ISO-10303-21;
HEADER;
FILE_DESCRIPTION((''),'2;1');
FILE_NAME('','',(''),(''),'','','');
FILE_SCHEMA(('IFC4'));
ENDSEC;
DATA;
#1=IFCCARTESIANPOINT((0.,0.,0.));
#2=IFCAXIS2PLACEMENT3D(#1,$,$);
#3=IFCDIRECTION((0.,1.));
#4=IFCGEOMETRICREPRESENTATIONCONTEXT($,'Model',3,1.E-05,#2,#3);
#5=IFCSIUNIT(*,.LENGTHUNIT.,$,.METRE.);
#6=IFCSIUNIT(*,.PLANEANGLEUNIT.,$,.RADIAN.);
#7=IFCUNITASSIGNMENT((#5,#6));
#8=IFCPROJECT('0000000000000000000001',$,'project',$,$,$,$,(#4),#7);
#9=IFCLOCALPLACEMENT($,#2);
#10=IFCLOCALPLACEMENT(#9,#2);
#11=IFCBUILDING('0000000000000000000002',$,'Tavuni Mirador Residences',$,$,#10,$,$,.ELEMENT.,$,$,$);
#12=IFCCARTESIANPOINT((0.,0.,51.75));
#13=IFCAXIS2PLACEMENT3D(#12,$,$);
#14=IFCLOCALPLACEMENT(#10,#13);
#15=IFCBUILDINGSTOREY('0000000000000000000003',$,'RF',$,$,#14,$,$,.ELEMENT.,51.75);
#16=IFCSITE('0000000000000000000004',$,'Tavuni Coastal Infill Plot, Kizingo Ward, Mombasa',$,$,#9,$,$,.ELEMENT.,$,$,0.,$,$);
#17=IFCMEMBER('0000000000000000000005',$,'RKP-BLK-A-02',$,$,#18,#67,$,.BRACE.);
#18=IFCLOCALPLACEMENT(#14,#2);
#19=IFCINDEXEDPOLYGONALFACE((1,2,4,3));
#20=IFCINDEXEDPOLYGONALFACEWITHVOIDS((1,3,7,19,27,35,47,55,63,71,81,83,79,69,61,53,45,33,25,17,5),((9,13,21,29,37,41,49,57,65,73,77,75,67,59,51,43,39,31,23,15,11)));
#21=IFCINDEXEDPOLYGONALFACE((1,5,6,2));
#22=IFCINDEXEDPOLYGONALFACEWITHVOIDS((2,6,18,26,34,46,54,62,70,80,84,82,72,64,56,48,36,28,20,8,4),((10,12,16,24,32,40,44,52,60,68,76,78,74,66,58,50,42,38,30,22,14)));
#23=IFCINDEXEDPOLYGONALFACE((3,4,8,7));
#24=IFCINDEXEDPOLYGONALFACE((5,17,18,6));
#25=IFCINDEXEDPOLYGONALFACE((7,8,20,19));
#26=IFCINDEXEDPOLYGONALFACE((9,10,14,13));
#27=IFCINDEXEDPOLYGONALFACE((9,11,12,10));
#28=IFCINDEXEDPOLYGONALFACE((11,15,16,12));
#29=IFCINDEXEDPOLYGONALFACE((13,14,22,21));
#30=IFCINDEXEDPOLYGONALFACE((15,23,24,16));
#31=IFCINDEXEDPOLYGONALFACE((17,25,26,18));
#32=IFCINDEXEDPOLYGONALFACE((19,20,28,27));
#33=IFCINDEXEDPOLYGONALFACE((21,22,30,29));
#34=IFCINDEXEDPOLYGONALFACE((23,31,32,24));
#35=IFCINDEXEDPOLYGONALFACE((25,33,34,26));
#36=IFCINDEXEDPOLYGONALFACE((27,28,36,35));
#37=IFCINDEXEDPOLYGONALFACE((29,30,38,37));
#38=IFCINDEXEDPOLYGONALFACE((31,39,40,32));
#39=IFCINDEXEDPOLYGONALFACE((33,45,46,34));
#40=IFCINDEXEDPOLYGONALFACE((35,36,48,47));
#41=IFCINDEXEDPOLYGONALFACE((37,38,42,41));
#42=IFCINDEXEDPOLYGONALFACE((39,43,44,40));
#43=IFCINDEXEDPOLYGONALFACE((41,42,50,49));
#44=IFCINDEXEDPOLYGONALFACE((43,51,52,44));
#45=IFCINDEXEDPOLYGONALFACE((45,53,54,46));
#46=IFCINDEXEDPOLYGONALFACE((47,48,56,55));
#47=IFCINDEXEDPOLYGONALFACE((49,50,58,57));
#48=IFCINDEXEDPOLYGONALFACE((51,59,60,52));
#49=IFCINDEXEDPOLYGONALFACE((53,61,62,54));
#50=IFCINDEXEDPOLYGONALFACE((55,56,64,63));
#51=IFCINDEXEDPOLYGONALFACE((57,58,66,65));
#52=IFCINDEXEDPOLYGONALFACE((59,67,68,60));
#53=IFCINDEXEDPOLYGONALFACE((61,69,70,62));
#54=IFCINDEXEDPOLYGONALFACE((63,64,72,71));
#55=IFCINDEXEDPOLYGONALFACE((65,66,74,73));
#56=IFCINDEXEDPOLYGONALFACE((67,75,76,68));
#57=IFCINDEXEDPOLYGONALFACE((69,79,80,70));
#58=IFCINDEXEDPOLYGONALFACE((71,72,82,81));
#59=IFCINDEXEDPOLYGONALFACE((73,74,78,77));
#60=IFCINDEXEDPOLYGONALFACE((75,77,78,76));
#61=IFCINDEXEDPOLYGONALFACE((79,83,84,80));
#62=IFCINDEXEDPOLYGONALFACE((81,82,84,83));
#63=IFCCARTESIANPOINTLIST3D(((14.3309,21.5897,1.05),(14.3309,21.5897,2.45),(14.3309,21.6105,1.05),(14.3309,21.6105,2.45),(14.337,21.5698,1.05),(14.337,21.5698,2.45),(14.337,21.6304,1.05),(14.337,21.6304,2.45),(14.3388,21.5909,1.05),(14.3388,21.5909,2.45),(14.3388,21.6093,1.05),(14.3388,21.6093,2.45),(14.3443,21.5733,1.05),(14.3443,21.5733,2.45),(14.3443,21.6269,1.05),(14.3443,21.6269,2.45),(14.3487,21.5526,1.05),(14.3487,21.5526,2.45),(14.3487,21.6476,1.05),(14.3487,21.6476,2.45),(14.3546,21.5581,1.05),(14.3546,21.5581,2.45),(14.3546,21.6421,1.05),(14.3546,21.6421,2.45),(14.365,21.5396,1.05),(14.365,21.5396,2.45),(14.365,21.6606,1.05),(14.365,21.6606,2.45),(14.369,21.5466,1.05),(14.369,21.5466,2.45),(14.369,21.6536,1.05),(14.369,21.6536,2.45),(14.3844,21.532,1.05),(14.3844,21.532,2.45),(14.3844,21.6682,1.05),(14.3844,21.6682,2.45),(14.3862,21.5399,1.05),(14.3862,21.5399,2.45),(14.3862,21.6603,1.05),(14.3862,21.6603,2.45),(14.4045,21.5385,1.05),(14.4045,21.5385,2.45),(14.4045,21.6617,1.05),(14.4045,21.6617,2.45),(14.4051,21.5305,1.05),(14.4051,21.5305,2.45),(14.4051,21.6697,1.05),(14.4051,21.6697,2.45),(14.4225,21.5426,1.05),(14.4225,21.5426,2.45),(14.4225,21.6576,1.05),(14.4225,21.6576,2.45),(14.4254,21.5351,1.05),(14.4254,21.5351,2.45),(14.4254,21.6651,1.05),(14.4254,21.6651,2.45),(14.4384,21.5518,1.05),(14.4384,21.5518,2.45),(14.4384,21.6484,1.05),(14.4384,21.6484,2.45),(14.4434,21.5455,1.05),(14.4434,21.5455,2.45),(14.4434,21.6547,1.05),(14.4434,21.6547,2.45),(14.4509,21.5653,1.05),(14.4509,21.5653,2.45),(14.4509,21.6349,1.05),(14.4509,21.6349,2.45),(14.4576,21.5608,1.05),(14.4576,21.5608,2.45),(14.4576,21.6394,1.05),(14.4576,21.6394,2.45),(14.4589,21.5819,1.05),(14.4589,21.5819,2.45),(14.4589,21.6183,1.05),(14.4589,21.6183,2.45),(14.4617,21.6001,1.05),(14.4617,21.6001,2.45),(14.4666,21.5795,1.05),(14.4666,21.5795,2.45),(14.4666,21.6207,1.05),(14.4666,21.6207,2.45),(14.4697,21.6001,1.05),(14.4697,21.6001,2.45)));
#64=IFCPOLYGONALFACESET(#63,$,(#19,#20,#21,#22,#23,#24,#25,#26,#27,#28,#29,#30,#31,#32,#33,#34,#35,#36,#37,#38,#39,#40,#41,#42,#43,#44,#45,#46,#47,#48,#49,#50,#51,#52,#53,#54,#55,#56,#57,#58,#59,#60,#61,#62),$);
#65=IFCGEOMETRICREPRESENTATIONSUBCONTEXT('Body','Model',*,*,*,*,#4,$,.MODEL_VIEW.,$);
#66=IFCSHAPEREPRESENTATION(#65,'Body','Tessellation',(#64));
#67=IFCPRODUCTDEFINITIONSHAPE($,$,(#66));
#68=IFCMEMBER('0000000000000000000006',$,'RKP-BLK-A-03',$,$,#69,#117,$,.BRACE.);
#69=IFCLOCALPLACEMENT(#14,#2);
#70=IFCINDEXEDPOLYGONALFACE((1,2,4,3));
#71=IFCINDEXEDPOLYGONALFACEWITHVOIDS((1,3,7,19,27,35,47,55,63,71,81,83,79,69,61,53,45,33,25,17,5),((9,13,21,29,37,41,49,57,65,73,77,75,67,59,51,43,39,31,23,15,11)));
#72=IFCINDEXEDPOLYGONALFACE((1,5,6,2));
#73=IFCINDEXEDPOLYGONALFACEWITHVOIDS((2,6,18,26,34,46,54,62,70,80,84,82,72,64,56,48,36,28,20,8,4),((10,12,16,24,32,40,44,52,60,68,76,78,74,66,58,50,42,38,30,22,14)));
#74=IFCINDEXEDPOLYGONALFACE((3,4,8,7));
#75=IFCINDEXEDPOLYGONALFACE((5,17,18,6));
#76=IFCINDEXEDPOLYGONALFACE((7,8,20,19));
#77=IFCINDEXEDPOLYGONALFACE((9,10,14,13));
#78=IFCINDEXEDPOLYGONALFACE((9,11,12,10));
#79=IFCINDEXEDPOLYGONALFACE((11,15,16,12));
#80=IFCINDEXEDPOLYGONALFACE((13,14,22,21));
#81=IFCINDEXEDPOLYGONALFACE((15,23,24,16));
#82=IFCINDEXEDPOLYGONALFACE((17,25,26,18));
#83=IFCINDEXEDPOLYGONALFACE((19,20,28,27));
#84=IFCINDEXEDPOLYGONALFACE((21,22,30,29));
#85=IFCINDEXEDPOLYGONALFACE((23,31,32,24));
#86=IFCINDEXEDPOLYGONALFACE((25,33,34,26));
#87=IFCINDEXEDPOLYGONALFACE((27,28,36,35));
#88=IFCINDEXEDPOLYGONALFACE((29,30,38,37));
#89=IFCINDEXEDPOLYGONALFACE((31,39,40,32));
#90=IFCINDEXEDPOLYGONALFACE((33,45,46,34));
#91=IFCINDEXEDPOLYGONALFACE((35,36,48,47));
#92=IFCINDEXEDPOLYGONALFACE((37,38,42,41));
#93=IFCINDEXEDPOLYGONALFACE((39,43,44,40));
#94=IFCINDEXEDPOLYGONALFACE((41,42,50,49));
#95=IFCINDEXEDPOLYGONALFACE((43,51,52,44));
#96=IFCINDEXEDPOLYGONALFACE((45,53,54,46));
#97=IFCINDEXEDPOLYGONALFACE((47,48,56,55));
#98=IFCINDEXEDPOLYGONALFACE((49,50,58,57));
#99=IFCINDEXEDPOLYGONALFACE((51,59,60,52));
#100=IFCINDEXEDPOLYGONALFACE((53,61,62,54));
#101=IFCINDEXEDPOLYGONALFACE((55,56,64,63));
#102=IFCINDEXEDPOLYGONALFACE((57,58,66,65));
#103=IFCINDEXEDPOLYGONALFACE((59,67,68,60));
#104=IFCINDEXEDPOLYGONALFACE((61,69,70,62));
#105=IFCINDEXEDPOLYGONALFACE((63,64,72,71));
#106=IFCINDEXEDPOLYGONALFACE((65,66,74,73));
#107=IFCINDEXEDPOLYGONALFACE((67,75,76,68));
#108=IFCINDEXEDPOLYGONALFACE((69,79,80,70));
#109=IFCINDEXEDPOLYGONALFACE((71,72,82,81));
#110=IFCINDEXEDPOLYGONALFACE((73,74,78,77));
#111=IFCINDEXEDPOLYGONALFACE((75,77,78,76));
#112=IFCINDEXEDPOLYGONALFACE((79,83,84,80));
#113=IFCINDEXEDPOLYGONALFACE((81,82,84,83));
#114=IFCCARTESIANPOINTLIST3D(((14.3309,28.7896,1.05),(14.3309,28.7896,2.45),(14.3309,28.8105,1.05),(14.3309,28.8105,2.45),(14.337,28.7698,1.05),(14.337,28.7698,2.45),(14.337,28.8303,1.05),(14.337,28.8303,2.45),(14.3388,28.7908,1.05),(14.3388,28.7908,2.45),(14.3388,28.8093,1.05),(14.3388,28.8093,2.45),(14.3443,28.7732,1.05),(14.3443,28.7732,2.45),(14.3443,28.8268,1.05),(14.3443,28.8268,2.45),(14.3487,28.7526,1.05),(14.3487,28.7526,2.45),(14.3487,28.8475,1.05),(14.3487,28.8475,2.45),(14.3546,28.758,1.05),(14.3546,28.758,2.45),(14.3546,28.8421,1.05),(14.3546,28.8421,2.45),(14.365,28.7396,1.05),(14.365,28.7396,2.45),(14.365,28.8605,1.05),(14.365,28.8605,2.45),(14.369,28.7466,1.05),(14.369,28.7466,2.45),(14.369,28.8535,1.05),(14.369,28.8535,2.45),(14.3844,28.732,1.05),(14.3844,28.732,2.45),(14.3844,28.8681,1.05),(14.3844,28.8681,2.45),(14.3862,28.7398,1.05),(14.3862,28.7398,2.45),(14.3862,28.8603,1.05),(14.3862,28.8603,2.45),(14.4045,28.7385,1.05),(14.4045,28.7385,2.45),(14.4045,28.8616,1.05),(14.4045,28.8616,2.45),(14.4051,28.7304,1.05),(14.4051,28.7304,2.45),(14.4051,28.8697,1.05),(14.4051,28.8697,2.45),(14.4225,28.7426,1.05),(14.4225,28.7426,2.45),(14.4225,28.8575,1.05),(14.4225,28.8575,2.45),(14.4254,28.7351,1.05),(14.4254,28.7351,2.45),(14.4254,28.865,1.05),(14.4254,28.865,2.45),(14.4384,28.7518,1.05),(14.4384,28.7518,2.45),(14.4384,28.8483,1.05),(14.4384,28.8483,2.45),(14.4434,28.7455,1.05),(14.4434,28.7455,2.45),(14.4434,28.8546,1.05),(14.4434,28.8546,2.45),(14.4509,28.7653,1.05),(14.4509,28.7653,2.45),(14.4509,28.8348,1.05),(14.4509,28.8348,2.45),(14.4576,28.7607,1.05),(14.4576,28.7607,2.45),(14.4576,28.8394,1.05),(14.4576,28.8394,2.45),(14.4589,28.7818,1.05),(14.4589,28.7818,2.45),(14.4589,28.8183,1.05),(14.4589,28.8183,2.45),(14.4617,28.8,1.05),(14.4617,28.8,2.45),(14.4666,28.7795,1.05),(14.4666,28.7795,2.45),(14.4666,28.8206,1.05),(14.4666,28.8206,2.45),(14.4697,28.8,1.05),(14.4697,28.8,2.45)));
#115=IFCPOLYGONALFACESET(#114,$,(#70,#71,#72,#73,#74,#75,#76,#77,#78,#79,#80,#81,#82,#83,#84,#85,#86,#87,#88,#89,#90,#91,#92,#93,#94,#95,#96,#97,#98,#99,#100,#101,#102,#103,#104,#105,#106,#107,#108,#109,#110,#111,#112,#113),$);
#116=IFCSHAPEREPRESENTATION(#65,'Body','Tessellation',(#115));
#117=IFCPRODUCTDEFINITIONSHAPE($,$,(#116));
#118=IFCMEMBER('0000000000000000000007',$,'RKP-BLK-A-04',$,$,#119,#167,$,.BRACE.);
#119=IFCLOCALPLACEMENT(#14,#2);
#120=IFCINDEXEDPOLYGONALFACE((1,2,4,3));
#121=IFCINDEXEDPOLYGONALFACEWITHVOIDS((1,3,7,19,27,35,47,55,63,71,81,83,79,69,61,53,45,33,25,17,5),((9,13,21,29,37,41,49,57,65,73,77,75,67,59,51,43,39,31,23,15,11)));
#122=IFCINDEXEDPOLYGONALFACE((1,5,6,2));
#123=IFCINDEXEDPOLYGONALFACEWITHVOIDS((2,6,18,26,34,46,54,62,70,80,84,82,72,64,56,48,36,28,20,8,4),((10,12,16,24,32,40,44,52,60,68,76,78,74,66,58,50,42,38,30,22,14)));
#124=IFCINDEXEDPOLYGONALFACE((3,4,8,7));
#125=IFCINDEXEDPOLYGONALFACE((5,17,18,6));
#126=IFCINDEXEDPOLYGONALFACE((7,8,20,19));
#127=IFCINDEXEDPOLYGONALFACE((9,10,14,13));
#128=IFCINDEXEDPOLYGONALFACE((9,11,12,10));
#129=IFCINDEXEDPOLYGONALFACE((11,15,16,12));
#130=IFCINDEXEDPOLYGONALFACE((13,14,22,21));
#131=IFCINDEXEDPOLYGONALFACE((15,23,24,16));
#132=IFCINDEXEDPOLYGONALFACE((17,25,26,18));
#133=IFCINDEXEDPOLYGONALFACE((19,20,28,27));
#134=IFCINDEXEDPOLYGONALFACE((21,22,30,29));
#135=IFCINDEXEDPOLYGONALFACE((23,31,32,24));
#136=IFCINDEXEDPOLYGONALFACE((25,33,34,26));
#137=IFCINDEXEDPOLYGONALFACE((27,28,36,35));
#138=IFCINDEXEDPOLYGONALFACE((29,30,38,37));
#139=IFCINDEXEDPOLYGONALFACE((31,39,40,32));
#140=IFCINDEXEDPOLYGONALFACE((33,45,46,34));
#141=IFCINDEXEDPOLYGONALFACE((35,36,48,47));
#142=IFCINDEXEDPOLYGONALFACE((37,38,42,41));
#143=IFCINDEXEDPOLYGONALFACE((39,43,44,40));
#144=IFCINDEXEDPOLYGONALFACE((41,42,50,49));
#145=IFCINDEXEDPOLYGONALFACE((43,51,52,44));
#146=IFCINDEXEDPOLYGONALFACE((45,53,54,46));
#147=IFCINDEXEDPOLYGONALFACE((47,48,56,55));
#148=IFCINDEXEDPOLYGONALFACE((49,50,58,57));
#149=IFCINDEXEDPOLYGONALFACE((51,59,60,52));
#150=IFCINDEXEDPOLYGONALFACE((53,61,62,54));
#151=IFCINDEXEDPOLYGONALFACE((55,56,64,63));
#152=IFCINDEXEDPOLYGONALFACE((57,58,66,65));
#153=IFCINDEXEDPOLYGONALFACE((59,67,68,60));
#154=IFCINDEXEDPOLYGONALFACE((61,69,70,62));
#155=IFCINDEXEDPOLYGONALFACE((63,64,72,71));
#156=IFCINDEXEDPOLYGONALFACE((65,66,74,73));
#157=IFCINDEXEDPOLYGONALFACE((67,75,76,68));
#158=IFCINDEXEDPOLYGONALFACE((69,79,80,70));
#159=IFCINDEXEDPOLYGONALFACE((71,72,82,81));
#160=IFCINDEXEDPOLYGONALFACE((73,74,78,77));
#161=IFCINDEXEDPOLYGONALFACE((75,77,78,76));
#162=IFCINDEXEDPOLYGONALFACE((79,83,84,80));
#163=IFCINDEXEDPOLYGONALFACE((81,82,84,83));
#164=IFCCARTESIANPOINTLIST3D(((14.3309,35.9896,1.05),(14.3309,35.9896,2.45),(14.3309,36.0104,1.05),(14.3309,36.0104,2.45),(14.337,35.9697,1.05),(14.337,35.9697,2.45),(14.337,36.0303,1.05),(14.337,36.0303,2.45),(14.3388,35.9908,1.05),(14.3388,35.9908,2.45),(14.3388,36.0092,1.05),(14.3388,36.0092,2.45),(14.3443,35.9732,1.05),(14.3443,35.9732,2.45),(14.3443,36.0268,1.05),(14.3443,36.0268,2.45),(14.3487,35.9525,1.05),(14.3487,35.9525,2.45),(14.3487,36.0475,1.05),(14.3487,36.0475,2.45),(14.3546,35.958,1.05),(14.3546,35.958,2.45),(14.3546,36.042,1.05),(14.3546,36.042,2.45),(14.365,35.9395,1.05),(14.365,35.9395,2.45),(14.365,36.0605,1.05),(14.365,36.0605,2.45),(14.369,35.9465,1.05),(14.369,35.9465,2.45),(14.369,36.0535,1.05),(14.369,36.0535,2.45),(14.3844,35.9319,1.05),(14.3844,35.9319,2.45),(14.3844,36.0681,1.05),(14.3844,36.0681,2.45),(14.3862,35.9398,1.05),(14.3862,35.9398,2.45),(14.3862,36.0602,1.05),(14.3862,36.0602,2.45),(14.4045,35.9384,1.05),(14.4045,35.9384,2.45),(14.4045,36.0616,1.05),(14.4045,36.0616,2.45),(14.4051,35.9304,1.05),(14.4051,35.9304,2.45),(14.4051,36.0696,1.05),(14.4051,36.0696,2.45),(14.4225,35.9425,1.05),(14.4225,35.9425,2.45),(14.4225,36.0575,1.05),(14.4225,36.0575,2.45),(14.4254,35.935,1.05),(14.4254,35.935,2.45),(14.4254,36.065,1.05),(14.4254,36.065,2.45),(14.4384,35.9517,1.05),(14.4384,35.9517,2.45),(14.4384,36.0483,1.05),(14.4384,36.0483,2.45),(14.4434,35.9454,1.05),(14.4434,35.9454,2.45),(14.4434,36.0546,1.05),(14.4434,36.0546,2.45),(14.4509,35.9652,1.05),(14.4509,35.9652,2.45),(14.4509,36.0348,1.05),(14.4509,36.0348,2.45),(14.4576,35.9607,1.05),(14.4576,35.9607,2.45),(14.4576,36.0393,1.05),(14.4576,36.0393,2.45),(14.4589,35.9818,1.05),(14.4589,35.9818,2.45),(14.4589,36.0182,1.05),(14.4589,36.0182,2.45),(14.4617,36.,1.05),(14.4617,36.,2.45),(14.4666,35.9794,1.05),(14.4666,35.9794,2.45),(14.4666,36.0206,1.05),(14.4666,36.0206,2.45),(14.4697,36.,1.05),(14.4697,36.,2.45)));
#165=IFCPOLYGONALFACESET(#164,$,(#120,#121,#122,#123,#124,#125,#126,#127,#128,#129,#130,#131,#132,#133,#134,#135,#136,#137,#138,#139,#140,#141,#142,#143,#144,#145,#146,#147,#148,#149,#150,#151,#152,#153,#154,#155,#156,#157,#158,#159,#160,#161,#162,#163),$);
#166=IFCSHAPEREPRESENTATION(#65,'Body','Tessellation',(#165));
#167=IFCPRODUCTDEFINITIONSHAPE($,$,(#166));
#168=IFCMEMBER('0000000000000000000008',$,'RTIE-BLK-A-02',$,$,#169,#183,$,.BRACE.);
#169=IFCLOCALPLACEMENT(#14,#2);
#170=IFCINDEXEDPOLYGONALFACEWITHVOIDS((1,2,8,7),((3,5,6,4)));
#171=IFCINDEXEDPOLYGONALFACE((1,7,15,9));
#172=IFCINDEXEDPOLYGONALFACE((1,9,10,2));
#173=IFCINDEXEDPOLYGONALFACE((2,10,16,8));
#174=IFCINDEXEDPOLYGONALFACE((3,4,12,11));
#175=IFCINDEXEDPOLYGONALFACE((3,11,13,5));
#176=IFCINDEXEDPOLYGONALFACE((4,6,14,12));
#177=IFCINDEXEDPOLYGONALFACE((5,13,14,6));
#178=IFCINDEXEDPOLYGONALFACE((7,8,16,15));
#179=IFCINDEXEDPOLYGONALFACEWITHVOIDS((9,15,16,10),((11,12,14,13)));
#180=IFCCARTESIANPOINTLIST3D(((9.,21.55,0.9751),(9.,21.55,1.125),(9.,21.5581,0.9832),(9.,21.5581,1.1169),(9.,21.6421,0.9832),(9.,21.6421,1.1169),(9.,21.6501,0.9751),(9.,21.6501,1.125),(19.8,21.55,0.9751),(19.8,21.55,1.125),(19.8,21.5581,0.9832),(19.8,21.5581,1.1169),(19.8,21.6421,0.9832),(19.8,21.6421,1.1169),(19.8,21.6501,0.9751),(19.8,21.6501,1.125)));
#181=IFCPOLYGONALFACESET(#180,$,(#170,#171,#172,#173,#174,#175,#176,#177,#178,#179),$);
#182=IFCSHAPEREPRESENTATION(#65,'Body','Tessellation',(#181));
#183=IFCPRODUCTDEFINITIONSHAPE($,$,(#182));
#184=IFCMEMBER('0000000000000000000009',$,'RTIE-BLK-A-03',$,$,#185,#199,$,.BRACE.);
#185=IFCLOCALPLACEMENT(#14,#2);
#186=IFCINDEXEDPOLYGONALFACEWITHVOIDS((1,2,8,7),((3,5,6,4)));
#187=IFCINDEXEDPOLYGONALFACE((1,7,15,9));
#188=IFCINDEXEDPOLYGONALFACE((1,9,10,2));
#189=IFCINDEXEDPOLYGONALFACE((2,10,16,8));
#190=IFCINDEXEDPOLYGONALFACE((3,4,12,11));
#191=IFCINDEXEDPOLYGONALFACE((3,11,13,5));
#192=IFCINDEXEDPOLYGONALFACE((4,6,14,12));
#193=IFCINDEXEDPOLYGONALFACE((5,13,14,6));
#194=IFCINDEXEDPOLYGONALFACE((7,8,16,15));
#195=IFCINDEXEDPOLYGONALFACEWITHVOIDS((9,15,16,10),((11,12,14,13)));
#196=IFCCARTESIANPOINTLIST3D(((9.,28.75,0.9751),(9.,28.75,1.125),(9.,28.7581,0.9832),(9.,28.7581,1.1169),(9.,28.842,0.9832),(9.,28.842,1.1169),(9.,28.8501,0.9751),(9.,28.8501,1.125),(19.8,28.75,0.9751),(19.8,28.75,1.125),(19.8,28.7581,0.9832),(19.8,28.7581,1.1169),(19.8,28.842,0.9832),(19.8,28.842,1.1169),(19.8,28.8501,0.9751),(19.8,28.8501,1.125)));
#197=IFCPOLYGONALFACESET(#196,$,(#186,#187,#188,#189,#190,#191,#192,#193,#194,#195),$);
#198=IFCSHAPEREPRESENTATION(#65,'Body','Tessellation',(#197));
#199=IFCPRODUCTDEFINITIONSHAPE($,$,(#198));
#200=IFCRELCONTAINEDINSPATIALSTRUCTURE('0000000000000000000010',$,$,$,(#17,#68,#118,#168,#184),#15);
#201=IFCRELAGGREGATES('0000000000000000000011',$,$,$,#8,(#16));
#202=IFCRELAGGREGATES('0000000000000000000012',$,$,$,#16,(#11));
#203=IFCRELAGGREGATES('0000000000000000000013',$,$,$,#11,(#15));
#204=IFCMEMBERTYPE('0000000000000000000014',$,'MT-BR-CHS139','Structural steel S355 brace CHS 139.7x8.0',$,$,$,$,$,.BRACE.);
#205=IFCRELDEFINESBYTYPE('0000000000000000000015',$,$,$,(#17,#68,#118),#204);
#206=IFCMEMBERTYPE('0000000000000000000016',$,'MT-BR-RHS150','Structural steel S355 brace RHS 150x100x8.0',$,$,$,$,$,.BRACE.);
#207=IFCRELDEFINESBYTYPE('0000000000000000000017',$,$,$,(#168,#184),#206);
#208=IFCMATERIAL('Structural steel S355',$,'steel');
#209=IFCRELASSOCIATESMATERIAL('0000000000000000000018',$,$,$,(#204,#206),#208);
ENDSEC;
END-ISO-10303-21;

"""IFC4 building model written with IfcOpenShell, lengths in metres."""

from ifc_helpers import new_model, si_unit, direction, frame, origin, origin_2d, place, context, subcontext, project, spatial, hollow_rectangle, hollow_circle, extrude, material, material_profile, profile_set, type_object, element, save


model = new_model("IFC4")

# Units and contexts
model_context = context("Model", 3, precision=1e-05, world=origin(), true_north=direction((0.0, 1.0)))
body_context = subcontext(model_context, "Body", "Model", "MODEL_VIEW")
ifc_project = project(units=[si_unit("LENGTHUNIT", "METRE"), si_unit("PLANEANGLEUNIT", "RADIAN")], contexts=[model_context])

# Site, building, storey
site_placement = place(None, origin())
site = spatial("IfcSite", under=ifc_project, at=site_placement, Name="Tavuni Coastal Infill Plot, Kizingo Ward, Mombasa", CompositionType="ELEMENT", RefElevation=0.0)
building_placement = place(site_placement, origin())
building = spatial("IfcBuilding", under=site, at=building_placement, Name="Tavuni Mirador Residences", CompositionType="ELEMENT")
storey_placement = place(building_placement, frame((0.0, 0.0, 51.75)))
storey = spatial("IfcBuildingStorey", under=building, at=storey_placement, Name="RF", CompositionType="ELEMENT", Elevation=51.75)

# Members
ifc_material_1 = material(Name="Structural steel S355", Category="steel")
ifc_material_profile_1 = material_profile(ifc_material_1, hollow_circle(Radius=0.0698, WallThickness=0.0081, at=origin_2d()), Name="CHS 139.7x8.0", Category="steel")
ifc_profile_set_1 = profile_set([ifc_material_profile_1], Name="Structural steel S355")
member_type_1 = type_object("IfcMemberType", Name="MT-BR-CHS139", Description="Structural steel S355 brace CHS 139.7x8.0", PredefinedType="BRACE", material=ifc_profile_set_1)
for number, where, z_axis, x_axis, name in (
    (1, (14.3999, 21.6001, 1.05), (0.0, 0.0, 1.0), (1.0, 0.0, 0.0), "RKP-BLK-A-02"),
    (2, (14.3999, 28.8, 1.05), (0.0, 0.0, 1.0), (1.0, 0.0, 0.0), "RKP-BLK-A-03"),
    (3, (14.3999, 36.0, 1.05), (0.0, 0.0, 1.0), (1.0, 0.0, 0.0), "RKP-BLK-A-04"),
):
    element("IfcMember", number, at=place(storey_placement, frame(where, z_axis=z_axis, x_axis=x_axis)), inside=storey, type_object=member_type_1, Name=name, PredefinedType="BRACE", context=body_context, shape_type="SweptSolid", body=[
        extrude(hollow_circle(Radius=0.0698, WallThickness=0.0081, at=origin_2d()), origin(), (0.0, 0.0, 1.0), 1.3999),
    ])
ifc_material_profile_2 = material_profile(ifc_material_1, hollow_rectangle(XDim=0.1001, YDim=0.1499, WallThickness=0.0081, at=origin_2d()), Name="RHS 150x100x8.0", Category="steel")
ifc_profile_set_2 = profile_set([ifc_material_profile_2], Name="Structural steel S355")
member_type_2 = type_object("IfcMemberType", Name="MT-BR-RHS150", Description="Structural steel S355 brace RHS 150x100x8.0", PredefinedType="BRACE", material=ifc_profile_set_2)
for number, where, z_axis, x_axis, name in (
    (4, (9.0, 21.6001, 1.05), (1.0, 0.0, 0.0), (0.0, 1.0, 0.0), "RTIE-BLK-A-02"),
    (5, (9.0, 28.8, 1.05), (1.0, 0.0, 0.0), (0.0, 1.0, 0.0), "RTIE-BLK-A-03"),
):
    element("IfcMember", number, at=place(storey_placement, frame(where, z_axis=z_axis, x_axis=x_axis)), inside=storey, type_object=member_type_2, Name=name, PredefinedType="BRACE", context=body_context, shape_type="SweptSolid", body=[
        extrude(hollow_rectangle(XDim=0.1001, YDim=0.1499, WallThickness=0.0081, at=origin_2d()), origin(), (0.0, 0.0, 1.0), 10.8),
    ])

save(model, "model.ifc")
